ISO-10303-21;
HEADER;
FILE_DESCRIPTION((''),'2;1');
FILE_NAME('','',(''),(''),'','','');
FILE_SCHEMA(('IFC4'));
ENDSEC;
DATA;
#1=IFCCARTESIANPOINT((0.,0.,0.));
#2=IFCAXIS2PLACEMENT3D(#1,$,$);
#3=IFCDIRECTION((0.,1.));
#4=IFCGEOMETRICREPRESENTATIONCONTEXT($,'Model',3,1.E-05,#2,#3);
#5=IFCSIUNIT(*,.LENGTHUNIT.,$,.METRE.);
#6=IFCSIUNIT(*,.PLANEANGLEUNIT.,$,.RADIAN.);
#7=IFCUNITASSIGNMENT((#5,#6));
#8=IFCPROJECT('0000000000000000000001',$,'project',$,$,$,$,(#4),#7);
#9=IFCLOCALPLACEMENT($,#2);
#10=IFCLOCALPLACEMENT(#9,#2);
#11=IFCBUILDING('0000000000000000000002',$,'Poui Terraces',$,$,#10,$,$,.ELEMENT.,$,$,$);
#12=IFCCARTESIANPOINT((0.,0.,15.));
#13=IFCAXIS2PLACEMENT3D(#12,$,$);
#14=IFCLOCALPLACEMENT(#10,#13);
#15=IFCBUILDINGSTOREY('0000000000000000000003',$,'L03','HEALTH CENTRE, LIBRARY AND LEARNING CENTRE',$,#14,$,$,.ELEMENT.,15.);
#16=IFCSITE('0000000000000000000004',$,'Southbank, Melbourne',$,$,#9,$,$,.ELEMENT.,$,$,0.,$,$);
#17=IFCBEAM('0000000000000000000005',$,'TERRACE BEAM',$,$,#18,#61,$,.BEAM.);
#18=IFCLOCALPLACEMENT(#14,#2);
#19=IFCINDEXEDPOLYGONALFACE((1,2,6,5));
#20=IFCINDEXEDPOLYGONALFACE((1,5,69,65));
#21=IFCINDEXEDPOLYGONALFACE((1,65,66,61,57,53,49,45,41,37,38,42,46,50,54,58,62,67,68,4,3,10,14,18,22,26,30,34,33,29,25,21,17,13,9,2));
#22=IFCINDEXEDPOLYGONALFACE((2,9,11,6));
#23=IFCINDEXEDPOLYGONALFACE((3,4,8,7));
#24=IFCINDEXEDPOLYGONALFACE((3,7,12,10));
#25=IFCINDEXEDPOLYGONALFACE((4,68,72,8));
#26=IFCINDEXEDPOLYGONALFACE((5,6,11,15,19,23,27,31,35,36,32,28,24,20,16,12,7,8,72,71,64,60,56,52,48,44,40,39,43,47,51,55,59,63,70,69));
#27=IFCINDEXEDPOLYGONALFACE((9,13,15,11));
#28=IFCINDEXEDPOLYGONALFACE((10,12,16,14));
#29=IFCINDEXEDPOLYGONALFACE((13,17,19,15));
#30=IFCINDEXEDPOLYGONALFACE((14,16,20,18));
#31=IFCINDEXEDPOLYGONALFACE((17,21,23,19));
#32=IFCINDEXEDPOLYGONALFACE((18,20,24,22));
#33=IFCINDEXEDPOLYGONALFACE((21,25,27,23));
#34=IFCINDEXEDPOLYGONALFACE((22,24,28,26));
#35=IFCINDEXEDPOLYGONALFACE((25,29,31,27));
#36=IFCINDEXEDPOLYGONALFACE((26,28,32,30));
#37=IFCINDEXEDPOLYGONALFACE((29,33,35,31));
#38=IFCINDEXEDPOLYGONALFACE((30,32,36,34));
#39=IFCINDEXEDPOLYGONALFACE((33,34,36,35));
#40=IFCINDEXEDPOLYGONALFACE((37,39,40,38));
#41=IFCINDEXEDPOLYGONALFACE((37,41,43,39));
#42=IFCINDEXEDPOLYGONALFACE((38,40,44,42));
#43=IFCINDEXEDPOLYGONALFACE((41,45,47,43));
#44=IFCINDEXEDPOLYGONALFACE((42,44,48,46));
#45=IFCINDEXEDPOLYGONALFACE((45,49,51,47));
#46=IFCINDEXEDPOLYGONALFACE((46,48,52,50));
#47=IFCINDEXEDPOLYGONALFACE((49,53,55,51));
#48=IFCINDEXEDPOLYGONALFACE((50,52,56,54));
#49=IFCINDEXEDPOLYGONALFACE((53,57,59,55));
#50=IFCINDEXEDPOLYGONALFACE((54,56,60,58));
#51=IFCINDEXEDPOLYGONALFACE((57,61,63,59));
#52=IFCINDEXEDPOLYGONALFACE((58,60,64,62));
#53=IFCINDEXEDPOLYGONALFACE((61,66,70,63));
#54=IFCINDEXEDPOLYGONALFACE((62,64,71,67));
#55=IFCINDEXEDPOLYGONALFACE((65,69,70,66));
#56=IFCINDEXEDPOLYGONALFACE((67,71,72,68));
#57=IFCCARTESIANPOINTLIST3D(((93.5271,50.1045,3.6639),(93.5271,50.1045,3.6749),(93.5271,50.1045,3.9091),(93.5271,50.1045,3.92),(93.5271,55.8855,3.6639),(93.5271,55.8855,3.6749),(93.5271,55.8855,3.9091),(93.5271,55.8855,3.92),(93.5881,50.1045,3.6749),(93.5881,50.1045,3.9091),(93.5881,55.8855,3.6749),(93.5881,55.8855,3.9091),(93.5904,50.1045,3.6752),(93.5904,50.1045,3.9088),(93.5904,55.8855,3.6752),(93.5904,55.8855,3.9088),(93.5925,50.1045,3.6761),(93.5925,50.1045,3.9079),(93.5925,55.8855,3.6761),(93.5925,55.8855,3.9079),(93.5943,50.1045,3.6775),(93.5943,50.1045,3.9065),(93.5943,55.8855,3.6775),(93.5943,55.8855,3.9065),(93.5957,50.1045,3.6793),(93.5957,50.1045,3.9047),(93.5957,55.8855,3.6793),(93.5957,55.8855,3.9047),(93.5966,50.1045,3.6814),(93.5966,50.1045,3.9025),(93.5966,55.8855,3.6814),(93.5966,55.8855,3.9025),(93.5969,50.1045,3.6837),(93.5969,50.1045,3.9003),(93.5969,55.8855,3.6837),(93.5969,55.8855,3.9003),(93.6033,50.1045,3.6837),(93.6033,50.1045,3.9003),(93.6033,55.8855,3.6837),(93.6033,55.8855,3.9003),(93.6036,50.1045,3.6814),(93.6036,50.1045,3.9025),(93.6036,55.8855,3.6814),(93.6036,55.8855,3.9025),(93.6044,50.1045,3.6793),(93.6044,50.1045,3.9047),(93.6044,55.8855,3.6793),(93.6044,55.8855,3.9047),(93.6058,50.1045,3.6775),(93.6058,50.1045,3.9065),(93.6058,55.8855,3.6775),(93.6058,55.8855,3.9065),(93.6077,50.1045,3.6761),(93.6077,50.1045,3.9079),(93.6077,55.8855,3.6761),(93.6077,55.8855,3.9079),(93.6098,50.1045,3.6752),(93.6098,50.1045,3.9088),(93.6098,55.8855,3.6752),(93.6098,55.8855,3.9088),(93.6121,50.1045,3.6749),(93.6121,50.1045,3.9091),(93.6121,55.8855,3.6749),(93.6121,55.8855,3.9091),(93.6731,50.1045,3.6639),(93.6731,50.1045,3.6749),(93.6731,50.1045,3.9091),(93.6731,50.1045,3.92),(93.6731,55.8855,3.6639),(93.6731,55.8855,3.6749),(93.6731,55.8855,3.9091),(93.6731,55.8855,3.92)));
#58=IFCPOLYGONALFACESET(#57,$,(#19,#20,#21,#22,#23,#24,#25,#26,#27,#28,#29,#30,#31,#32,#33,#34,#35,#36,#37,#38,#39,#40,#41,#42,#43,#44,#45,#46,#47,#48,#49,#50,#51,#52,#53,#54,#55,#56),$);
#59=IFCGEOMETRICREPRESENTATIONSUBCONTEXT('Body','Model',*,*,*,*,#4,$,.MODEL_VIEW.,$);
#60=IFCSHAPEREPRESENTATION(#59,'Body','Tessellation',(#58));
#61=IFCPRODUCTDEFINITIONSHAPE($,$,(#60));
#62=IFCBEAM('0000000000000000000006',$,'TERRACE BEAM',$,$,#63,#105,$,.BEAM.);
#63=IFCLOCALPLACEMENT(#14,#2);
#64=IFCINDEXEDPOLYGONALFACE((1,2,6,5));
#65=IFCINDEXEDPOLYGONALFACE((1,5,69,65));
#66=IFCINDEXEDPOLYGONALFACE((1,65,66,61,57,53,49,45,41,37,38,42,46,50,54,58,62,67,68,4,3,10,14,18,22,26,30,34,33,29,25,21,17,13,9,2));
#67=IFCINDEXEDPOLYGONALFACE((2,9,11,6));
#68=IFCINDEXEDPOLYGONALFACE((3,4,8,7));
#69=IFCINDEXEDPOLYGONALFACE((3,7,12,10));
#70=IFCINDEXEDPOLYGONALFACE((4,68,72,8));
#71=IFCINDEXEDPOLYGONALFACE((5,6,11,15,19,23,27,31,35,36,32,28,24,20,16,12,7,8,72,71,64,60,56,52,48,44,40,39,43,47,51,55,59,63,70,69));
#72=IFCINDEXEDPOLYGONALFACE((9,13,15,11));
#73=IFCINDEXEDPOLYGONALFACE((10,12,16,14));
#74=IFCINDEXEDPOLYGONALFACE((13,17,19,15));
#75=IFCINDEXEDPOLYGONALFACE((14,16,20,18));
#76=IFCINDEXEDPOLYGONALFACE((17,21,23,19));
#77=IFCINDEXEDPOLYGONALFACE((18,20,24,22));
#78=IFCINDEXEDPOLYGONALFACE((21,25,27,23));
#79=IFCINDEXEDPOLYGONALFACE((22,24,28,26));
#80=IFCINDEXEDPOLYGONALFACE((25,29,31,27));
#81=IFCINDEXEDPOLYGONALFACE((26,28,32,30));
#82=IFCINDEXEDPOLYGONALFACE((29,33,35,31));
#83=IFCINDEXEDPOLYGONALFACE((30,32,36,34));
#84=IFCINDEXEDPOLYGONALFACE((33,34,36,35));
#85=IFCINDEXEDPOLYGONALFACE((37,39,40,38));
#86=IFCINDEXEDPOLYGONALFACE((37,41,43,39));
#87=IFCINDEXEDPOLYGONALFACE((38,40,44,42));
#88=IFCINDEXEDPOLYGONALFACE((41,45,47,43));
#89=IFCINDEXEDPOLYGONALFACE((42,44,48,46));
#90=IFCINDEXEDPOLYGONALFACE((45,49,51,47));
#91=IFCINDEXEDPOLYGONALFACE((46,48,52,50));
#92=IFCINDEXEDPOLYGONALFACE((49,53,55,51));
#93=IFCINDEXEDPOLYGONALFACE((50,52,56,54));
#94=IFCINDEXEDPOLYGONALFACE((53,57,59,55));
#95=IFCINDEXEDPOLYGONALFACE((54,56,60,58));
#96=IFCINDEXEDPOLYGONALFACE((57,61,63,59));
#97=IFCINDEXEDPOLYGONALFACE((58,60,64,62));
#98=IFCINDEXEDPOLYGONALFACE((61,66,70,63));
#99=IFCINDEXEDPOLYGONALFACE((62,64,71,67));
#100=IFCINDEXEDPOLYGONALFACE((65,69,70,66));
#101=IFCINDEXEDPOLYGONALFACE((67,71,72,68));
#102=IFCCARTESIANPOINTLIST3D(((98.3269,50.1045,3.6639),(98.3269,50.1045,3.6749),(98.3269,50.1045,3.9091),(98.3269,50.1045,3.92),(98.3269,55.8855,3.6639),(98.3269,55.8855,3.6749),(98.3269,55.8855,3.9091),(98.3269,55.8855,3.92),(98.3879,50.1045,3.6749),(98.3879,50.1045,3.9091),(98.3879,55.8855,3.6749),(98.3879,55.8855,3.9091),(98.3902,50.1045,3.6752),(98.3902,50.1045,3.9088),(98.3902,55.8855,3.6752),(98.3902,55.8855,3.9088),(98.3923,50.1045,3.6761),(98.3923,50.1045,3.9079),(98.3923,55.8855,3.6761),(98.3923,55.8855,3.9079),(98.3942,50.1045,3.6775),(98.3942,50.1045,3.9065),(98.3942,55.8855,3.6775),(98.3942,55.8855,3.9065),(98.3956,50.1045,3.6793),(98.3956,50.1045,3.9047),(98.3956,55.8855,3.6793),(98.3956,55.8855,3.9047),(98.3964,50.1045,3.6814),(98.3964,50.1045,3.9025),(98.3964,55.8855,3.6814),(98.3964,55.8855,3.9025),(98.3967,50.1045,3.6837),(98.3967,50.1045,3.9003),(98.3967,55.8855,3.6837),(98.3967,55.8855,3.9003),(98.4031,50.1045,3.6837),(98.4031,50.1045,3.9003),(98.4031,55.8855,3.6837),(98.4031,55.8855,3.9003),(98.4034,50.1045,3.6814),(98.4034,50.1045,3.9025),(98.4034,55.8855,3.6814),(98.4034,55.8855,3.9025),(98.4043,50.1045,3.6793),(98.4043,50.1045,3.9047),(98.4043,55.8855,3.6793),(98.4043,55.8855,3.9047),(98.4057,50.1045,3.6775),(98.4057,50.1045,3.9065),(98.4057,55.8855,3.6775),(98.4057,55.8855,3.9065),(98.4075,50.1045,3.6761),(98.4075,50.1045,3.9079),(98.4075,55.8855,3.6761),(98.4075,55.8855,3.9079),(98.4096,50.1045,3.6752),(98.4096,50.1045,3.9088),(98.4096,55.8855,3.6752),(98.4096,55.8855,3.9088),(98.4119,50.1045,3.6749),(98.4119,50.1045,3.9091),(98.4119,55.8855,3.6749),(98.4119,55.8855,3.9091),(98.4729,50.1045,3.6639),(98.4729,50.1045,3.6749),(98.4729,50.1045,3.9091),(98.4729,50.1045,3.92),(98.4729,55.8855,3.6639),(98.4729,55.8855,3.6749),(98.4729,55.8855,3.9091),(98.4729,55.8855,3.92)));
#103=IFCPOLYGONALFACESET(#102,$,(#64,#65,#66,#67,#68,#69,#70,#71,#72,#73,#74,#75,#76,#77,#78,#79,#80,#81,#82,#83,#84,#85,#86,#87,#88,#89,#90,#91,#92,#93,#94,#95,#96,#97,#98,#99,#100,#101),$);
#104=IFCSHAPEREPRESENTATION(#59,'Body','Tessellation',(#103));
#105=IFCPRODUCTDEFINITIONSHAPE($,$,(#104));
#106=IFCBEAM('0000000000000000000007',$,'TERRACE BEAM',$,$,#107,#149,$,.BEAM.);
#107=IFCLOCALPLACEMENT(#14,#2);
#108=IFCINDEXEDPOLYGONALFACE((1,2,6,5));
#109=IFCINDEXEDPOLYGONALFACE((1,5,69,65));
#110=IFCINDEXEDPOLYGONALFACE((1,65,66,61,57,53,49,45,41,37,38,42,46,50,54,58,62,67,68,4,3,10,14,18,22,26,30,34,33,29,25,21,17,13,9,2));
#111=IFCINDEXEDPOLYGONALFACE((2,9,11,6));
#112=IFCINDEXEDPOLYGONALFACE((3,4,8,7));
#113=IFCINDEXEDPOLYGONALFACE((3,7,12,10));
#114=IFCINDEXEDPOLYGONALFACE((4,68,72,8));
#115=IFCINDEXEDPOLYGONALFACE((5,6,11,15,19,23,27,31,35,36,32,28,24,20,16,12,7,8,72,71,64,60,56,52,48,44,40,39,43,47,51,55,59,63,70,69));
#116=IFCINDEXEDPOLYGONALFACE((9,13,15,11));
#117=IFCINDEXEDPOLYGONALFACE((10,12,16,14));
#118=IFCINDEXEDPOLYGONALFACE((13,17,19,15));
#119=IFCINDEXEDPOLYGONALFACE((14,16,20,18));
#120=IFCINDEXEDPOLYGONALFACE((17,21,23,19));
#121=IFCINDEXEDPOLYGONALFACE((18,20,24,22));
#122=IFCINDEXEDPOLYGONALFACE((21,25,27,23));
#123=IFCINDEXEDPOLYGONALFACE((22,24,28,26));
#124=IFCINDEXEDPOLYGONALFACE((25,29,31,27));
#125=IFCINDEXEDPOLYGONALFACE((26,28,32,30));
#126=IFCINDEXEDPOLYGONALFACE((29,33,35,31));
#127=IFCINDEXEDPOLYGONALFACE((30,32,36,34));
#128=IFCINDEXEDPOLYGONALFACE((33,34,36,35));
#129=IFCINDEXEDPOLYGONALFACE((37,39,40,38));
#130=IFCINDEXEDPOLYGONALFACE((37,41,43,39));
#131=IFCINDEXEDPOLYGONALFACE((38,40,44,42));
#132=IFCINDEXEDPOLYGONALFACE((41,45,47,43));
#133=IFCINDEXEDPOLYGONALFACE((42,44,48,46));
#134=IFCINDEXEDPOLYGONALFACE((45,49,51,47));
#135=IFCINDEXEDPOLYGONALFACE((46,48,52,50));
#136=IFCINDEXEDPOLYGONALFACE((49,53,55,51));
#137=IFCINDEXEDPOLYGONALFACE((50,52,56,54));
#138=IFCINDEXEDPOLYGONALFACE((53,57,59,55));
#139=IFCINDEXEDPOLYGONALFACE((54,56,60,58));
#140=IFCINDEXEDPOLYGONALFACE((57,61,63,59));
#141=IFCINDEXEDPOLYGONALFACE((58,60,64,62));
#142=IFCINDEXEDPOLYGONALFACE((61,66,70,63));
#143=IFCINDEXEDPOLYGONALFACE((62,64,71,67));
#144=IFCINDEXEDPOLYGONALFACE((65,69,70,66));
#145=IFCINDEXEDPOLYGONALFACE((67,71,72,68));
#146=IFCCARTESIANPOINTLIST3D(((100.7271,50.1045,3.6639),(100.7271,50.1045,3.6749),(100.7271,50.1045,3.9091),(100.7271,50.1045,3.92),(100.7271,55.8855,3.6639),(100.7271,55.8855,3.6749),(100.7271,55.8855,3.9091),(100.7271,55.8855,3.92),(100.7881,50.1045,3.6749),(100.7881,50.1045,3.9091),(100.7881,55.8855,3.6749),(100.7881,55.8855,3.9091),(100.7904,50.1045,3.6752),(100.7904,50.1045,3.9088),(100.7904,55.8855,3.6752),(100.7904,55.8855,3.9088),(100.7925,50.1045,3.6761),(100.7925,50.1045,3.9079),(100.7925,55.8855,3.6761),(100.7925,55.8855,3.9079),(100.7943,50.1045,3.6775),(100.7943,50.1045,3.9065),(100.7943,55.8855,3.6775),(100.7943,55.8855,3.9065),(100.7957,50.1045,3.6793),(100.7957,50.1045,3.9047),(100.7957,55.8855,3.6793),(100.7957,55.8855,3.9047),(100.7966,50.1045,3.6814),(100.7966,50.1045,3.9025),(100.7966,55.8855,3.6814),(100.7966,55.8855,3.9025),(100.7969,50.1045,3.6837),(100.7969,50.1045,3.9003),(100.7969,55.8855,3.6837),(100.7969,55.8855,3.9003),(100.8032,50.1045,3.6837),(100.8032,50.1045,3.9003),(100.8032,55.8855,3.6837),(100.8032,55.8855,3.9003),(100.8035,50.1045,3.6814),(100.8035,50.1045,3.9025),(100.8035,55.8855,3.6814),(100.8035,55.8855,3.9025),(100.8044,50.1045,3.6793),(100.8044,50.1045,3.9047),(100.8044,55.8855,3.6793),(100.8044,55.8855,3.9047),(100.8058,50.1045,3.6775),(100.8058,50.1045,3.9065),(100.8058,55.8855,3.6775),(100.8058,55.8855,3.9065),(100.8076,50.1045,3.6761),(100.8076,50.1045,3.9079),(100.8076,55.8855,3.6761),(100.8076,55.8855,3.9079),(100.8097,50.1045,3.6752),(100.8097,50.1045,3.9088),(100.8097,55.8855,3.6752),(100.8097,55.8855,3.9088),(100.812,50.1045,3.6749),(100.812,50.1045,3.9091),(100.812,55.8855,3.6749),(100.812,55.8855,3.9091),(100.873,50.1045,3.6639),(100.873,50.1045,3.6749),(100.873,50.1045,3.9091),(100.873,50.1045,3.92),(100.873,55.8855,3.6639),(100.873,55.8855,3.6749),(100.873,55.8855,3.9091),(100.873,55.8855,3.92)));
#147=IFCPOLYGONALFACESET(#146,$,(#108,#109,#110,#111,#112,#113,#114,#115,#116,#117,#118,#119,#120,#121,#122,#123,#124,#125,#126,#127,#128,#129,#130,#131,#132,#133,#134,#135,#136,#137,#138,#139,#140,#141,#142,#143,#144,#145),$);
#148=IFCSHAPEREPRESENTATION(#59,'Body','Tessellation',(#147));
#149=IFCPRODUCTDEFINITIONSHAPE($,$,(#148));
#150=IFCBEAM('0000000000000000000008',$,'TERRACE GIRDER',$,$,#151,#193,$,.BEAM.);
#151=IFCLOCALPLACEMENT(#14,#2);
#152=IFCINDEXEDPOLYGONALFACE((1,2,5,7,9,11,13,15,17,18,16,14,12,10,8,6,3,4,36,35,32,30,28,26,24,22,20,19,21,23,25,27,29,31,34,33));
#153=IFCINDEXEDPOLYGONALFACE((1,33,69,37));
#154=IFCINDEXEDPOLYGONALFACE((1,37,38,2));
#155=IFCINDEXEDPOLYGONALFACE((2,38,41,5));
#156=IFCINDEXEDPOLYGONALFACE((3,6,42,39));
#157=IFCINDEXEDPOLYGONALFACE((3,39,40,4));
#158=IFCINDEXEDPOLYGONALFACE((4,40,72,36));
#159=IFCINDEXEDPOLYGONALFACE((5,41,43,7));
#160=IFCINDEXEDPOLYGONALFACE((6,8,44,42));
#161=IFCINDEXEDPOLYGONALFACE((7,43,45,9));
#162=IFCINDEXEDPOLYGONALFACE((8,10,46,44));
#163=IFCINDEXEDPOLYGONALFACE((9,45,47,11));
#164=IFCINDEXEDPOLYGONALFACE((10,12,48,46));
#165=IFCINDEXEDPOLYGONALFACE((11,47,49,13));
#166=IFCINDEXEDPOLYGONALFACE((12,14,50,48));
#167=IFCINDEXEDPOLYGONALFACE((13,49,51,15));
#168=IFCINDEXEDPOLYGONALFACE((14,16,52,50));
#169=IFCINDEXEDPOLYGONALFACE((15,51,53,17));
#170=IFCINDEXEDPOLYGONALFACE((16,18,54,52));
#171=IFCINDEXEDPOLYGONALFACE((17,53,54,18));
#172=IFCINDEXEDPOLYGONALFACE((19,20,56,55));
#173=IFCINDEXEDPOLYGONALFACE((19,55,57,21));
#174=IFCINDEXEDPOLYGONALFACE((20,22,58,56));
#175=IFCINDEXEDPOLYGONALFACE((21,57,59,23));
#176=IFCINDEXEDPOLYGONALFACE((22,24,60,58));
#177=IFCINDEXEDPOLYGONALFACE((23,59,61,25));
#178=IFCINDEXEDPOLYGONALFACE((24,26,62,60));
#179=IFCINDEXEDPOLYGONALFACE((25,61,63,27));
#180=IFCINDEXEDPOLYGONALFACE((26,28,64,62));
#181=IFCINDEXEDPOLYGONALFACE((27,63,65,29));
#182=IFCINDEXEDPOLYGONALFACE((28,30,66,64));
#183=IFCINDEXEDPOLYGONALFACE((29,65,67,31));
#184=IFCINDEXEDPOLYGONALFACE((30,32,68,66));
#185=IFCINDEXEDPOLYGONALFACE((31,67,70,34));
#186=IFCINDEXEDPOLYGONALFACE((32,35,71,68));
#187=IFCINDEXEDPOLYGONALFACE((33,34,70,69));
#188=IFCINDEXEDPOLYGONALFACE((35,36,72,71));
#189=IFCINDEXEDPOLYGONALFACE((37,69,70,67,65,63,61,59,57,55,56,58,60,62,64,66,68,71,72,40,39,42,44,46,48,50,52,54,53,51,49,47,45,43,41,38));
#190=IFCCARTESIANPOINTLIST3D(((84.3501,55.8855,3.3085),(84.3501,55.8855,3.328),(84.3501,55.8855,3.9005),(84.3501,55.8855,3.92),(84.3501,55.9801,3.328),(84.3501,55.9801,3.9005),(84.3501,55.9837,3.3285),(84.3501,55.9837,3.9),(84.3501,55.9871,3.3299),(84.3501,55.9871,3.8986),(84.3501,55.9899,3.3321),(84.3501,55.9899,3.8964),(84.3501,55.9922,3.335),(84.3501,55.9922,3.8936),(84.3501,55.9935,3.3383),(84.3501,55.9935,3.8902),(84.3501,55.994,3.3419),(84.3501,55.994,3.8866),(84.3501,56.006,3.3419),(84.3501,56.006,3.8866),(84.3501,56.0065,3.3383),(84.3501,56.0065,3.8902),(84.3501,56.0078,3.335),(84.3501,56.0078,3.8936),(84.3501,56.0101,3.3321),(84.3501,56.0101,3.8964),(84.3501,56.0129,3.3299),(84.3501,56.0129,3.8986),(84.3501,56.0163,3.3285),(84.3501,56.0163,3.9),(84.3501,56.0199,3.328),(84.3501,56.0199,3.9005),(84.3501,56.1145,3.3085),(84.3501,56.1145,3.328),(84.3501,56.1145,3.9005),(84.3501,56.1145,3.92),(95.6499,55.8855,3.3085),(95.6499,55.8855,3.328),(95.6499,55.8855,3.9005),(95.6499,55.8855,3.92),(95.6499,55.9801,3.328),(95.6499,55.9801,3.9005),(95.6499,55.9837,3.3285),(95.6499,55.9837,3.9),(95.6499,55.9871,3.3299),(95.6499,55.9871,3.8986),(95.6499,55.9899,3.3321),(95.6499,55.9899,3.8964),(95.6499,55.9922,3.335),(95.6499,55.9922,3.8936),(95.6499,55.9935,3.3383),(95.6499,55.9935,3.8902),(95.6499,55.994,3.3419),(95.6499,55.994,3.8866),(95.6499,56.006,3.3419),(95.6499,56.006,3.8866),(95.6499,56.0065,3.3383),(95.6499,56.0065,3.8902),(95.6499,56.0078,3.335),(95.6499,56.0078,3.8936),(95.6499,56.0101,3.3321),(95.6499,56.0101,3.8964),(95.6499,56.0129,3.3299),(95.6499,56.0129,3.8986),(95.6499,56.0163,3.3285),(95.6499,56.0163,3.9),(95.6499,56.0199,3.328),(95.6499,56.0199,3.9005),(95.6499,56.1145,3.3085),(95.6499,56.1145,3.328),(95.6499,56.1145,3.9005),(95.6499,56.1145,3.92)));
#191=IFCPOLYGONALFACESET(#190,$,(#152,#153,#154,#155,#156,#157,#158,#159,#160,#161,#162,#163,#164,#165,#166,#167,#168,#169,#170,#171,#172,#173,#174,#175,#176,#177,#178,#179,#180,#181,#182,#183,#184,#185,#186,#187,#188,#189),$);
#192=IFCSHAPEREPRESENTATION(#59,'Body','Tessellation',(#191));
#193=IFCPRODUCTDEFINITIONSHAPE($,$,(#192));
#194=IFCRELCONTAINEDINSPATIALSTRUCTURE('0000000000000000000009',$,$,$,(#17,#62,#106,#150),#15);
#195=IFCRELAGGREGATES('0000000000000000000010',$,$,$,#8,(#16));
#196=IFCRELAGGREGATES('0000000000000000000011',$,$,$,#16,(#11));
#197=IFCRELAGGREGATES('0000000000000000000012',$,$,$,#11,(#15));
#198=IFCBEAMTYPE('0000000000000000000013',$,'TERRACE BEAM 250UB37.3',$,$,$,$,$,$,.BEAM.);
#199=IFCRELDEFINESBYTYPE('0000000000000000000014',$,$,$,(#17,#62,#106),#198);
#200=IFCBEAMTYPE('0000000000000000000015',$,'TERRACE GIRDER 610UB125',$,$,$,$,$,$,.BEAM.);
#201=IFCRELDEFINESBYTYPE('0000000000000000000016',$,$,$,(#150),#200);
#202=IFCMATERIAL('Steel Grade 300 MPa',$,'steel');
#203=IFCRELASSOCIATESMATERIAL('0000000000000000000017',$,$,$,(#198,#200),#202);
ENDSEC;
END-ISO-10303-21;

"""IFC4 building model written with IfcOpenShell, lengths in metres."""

from ifc_helpers import new_model, si_unit, direction, frame, origin, origin_2d, place, context, subcontext, project, spatial, i_section, extrude, source, transform, mapped, material, material_profile, profile_set, type_object, element, save


model = new_model("IFC4")

# Units and contexts
model_context = context("Model", 3, precision=1e-05, world=origin(), true_north=direction((0.0, 1.0)))
body_context = subcontext(model_context, "Body", "Model", "MODEL_VIEW")
ifc_project = project(units=[si_unit("LENGTHUNIT", "METRE"), si_unit("PLANEANGLEUNIT", "RADIAN")], contexts=[model_context])

# Site, building, storey
site_placement = place(None, origin())
site = spatial("IfcSite", under=ifc_project, at=site_placement, Name="Southbank, Melbourne", CompositionType="ELEMENT", RefElevation=0.0)
building_placement = place(site_placement, origin())
building = spatial("IfcBuilding", under=site, at=building_placement, Name="Poui Terraces", CompositionType="ELEMENT")
storey_placement = place(building_placement, frame((0.0, 0.0, 15.0)))
storey = spatial("IfcBuildingStorey", under=building, at=storey_placement, Name="L03", Description="HEALTH CENTRE, LIBRARY AND LEARNING CENTRE", CompositionType="ELEMENT", Elevation=15.0)

# Beams
ifc_material_1 = material(Name="Steel Grade 300 MPa", Category="steel")
ifc_material_profile_1 = material_profile(ifc_material_1, i_section(OverallWidth=0.146, OverallDepth=0.2561, WebThickness=0.0063, FlangeThickness=0.011, FilletRadius=0.0088, at=origin_2d()), Name="250UB37.3")
ifc_profile_set_1 = profile_set([ifc_material_profile_1], Name="Steel Grade 300 MPa")
beam_type_1 = type_object("IfcBeamType", Name="TERRACE BEAM 250UB37.3", PredefinedType="BEAM", material=ifc_profile_set_1)
shared_shape_1 = source(origin(), body_context, "Body", "SweptSolid", [
    extrude(i_section(OverallWidth=0.146, OverallDepth=0.2561, WebThickness=0.0063, FlangeThickness=0.011, FilletRadius=0.0088, at=origin_2d()), origin(), (0.0, 0.0, 1.0), 5.781),
])
for number, where, z_axis, x_axis, name in (
    (1, (93.6001, 50.1045, 3.792), (0.0, 1.0, 0.0), (-1.0, 0.0, 0.0), "TERRACE BEAM"),
    (2, (98.3999, 50.1045, 3.792), (0.0, 1.0, 0.0), (-1.0, 0.0, 0.0), "TERRACE BEAM"),
    (3, (100.8, 50.1045, 3.792), (0.0, 1.0, 0.0), (-1.0, 0.0, 0.0), "TERRACE BEAM"),
):
    element("IfcBeam", number, at=place(storey_placement, frame(where, z_axis=z_axis, x_axis=x_axis)), inside=storey, type_object=beam_type_1, Name=name, PredefinedType="BEAM", context=body_context, shape_type="MappedRepresentation", body=[
        mapped(shared_shape_1, transform((0.0, 0.0, 0.0))),
    ])
ifc_material_profile_2 = material_profile(ifc_material_1, i_section(OverallWidth=0.229, OverallDepth=0.6116, WebThickness=0.012, FlangeThickness=0.0195, FilletRadius=0.0139, at=origin_2d()), Name="610UB125")
ifc_profile_set_2 = profile_set([ifc_material_profile_2], Name="Steel Grade 300 MPa")
beam_type_2 = type_object("IfcBeamType", Name="TERRACE GIRDER 610UB125", PredefinedType="BEAM", material=ifc_profile_set_2)
shared_shape_2 = source(origin(), body_context, "Body", "SweptSolid", [
    extrude(i_section(OverallWidth=0.229, OverallDepth=0.6116, WebThickness=0.012, FlangeThickness=0.0195, FilletRadius=0.0139, at=origin_2d()), origin(), (0.0, 0.0, 1.0), 11.2998),
])
beam_1_placement = place(storey_placement, frame((84.3501, 56.0, 3.6143), z_axis=(1.0, 0.0, 0.0), x_axis=(0.0, 1.0, 0.0)))
element("IfcBeam", 4, at=beam_1_placement, inside=storey, type_object=beam_type_2, Name="TERRACE GIRDER", PredefinedType="BEAM", context=body_context, shape_type="MappedRepresentation", body=[
    mapped(shared_shape_2, transform((0.0, 0.0, 0.0))),
])

save(model, "model.ifc")
